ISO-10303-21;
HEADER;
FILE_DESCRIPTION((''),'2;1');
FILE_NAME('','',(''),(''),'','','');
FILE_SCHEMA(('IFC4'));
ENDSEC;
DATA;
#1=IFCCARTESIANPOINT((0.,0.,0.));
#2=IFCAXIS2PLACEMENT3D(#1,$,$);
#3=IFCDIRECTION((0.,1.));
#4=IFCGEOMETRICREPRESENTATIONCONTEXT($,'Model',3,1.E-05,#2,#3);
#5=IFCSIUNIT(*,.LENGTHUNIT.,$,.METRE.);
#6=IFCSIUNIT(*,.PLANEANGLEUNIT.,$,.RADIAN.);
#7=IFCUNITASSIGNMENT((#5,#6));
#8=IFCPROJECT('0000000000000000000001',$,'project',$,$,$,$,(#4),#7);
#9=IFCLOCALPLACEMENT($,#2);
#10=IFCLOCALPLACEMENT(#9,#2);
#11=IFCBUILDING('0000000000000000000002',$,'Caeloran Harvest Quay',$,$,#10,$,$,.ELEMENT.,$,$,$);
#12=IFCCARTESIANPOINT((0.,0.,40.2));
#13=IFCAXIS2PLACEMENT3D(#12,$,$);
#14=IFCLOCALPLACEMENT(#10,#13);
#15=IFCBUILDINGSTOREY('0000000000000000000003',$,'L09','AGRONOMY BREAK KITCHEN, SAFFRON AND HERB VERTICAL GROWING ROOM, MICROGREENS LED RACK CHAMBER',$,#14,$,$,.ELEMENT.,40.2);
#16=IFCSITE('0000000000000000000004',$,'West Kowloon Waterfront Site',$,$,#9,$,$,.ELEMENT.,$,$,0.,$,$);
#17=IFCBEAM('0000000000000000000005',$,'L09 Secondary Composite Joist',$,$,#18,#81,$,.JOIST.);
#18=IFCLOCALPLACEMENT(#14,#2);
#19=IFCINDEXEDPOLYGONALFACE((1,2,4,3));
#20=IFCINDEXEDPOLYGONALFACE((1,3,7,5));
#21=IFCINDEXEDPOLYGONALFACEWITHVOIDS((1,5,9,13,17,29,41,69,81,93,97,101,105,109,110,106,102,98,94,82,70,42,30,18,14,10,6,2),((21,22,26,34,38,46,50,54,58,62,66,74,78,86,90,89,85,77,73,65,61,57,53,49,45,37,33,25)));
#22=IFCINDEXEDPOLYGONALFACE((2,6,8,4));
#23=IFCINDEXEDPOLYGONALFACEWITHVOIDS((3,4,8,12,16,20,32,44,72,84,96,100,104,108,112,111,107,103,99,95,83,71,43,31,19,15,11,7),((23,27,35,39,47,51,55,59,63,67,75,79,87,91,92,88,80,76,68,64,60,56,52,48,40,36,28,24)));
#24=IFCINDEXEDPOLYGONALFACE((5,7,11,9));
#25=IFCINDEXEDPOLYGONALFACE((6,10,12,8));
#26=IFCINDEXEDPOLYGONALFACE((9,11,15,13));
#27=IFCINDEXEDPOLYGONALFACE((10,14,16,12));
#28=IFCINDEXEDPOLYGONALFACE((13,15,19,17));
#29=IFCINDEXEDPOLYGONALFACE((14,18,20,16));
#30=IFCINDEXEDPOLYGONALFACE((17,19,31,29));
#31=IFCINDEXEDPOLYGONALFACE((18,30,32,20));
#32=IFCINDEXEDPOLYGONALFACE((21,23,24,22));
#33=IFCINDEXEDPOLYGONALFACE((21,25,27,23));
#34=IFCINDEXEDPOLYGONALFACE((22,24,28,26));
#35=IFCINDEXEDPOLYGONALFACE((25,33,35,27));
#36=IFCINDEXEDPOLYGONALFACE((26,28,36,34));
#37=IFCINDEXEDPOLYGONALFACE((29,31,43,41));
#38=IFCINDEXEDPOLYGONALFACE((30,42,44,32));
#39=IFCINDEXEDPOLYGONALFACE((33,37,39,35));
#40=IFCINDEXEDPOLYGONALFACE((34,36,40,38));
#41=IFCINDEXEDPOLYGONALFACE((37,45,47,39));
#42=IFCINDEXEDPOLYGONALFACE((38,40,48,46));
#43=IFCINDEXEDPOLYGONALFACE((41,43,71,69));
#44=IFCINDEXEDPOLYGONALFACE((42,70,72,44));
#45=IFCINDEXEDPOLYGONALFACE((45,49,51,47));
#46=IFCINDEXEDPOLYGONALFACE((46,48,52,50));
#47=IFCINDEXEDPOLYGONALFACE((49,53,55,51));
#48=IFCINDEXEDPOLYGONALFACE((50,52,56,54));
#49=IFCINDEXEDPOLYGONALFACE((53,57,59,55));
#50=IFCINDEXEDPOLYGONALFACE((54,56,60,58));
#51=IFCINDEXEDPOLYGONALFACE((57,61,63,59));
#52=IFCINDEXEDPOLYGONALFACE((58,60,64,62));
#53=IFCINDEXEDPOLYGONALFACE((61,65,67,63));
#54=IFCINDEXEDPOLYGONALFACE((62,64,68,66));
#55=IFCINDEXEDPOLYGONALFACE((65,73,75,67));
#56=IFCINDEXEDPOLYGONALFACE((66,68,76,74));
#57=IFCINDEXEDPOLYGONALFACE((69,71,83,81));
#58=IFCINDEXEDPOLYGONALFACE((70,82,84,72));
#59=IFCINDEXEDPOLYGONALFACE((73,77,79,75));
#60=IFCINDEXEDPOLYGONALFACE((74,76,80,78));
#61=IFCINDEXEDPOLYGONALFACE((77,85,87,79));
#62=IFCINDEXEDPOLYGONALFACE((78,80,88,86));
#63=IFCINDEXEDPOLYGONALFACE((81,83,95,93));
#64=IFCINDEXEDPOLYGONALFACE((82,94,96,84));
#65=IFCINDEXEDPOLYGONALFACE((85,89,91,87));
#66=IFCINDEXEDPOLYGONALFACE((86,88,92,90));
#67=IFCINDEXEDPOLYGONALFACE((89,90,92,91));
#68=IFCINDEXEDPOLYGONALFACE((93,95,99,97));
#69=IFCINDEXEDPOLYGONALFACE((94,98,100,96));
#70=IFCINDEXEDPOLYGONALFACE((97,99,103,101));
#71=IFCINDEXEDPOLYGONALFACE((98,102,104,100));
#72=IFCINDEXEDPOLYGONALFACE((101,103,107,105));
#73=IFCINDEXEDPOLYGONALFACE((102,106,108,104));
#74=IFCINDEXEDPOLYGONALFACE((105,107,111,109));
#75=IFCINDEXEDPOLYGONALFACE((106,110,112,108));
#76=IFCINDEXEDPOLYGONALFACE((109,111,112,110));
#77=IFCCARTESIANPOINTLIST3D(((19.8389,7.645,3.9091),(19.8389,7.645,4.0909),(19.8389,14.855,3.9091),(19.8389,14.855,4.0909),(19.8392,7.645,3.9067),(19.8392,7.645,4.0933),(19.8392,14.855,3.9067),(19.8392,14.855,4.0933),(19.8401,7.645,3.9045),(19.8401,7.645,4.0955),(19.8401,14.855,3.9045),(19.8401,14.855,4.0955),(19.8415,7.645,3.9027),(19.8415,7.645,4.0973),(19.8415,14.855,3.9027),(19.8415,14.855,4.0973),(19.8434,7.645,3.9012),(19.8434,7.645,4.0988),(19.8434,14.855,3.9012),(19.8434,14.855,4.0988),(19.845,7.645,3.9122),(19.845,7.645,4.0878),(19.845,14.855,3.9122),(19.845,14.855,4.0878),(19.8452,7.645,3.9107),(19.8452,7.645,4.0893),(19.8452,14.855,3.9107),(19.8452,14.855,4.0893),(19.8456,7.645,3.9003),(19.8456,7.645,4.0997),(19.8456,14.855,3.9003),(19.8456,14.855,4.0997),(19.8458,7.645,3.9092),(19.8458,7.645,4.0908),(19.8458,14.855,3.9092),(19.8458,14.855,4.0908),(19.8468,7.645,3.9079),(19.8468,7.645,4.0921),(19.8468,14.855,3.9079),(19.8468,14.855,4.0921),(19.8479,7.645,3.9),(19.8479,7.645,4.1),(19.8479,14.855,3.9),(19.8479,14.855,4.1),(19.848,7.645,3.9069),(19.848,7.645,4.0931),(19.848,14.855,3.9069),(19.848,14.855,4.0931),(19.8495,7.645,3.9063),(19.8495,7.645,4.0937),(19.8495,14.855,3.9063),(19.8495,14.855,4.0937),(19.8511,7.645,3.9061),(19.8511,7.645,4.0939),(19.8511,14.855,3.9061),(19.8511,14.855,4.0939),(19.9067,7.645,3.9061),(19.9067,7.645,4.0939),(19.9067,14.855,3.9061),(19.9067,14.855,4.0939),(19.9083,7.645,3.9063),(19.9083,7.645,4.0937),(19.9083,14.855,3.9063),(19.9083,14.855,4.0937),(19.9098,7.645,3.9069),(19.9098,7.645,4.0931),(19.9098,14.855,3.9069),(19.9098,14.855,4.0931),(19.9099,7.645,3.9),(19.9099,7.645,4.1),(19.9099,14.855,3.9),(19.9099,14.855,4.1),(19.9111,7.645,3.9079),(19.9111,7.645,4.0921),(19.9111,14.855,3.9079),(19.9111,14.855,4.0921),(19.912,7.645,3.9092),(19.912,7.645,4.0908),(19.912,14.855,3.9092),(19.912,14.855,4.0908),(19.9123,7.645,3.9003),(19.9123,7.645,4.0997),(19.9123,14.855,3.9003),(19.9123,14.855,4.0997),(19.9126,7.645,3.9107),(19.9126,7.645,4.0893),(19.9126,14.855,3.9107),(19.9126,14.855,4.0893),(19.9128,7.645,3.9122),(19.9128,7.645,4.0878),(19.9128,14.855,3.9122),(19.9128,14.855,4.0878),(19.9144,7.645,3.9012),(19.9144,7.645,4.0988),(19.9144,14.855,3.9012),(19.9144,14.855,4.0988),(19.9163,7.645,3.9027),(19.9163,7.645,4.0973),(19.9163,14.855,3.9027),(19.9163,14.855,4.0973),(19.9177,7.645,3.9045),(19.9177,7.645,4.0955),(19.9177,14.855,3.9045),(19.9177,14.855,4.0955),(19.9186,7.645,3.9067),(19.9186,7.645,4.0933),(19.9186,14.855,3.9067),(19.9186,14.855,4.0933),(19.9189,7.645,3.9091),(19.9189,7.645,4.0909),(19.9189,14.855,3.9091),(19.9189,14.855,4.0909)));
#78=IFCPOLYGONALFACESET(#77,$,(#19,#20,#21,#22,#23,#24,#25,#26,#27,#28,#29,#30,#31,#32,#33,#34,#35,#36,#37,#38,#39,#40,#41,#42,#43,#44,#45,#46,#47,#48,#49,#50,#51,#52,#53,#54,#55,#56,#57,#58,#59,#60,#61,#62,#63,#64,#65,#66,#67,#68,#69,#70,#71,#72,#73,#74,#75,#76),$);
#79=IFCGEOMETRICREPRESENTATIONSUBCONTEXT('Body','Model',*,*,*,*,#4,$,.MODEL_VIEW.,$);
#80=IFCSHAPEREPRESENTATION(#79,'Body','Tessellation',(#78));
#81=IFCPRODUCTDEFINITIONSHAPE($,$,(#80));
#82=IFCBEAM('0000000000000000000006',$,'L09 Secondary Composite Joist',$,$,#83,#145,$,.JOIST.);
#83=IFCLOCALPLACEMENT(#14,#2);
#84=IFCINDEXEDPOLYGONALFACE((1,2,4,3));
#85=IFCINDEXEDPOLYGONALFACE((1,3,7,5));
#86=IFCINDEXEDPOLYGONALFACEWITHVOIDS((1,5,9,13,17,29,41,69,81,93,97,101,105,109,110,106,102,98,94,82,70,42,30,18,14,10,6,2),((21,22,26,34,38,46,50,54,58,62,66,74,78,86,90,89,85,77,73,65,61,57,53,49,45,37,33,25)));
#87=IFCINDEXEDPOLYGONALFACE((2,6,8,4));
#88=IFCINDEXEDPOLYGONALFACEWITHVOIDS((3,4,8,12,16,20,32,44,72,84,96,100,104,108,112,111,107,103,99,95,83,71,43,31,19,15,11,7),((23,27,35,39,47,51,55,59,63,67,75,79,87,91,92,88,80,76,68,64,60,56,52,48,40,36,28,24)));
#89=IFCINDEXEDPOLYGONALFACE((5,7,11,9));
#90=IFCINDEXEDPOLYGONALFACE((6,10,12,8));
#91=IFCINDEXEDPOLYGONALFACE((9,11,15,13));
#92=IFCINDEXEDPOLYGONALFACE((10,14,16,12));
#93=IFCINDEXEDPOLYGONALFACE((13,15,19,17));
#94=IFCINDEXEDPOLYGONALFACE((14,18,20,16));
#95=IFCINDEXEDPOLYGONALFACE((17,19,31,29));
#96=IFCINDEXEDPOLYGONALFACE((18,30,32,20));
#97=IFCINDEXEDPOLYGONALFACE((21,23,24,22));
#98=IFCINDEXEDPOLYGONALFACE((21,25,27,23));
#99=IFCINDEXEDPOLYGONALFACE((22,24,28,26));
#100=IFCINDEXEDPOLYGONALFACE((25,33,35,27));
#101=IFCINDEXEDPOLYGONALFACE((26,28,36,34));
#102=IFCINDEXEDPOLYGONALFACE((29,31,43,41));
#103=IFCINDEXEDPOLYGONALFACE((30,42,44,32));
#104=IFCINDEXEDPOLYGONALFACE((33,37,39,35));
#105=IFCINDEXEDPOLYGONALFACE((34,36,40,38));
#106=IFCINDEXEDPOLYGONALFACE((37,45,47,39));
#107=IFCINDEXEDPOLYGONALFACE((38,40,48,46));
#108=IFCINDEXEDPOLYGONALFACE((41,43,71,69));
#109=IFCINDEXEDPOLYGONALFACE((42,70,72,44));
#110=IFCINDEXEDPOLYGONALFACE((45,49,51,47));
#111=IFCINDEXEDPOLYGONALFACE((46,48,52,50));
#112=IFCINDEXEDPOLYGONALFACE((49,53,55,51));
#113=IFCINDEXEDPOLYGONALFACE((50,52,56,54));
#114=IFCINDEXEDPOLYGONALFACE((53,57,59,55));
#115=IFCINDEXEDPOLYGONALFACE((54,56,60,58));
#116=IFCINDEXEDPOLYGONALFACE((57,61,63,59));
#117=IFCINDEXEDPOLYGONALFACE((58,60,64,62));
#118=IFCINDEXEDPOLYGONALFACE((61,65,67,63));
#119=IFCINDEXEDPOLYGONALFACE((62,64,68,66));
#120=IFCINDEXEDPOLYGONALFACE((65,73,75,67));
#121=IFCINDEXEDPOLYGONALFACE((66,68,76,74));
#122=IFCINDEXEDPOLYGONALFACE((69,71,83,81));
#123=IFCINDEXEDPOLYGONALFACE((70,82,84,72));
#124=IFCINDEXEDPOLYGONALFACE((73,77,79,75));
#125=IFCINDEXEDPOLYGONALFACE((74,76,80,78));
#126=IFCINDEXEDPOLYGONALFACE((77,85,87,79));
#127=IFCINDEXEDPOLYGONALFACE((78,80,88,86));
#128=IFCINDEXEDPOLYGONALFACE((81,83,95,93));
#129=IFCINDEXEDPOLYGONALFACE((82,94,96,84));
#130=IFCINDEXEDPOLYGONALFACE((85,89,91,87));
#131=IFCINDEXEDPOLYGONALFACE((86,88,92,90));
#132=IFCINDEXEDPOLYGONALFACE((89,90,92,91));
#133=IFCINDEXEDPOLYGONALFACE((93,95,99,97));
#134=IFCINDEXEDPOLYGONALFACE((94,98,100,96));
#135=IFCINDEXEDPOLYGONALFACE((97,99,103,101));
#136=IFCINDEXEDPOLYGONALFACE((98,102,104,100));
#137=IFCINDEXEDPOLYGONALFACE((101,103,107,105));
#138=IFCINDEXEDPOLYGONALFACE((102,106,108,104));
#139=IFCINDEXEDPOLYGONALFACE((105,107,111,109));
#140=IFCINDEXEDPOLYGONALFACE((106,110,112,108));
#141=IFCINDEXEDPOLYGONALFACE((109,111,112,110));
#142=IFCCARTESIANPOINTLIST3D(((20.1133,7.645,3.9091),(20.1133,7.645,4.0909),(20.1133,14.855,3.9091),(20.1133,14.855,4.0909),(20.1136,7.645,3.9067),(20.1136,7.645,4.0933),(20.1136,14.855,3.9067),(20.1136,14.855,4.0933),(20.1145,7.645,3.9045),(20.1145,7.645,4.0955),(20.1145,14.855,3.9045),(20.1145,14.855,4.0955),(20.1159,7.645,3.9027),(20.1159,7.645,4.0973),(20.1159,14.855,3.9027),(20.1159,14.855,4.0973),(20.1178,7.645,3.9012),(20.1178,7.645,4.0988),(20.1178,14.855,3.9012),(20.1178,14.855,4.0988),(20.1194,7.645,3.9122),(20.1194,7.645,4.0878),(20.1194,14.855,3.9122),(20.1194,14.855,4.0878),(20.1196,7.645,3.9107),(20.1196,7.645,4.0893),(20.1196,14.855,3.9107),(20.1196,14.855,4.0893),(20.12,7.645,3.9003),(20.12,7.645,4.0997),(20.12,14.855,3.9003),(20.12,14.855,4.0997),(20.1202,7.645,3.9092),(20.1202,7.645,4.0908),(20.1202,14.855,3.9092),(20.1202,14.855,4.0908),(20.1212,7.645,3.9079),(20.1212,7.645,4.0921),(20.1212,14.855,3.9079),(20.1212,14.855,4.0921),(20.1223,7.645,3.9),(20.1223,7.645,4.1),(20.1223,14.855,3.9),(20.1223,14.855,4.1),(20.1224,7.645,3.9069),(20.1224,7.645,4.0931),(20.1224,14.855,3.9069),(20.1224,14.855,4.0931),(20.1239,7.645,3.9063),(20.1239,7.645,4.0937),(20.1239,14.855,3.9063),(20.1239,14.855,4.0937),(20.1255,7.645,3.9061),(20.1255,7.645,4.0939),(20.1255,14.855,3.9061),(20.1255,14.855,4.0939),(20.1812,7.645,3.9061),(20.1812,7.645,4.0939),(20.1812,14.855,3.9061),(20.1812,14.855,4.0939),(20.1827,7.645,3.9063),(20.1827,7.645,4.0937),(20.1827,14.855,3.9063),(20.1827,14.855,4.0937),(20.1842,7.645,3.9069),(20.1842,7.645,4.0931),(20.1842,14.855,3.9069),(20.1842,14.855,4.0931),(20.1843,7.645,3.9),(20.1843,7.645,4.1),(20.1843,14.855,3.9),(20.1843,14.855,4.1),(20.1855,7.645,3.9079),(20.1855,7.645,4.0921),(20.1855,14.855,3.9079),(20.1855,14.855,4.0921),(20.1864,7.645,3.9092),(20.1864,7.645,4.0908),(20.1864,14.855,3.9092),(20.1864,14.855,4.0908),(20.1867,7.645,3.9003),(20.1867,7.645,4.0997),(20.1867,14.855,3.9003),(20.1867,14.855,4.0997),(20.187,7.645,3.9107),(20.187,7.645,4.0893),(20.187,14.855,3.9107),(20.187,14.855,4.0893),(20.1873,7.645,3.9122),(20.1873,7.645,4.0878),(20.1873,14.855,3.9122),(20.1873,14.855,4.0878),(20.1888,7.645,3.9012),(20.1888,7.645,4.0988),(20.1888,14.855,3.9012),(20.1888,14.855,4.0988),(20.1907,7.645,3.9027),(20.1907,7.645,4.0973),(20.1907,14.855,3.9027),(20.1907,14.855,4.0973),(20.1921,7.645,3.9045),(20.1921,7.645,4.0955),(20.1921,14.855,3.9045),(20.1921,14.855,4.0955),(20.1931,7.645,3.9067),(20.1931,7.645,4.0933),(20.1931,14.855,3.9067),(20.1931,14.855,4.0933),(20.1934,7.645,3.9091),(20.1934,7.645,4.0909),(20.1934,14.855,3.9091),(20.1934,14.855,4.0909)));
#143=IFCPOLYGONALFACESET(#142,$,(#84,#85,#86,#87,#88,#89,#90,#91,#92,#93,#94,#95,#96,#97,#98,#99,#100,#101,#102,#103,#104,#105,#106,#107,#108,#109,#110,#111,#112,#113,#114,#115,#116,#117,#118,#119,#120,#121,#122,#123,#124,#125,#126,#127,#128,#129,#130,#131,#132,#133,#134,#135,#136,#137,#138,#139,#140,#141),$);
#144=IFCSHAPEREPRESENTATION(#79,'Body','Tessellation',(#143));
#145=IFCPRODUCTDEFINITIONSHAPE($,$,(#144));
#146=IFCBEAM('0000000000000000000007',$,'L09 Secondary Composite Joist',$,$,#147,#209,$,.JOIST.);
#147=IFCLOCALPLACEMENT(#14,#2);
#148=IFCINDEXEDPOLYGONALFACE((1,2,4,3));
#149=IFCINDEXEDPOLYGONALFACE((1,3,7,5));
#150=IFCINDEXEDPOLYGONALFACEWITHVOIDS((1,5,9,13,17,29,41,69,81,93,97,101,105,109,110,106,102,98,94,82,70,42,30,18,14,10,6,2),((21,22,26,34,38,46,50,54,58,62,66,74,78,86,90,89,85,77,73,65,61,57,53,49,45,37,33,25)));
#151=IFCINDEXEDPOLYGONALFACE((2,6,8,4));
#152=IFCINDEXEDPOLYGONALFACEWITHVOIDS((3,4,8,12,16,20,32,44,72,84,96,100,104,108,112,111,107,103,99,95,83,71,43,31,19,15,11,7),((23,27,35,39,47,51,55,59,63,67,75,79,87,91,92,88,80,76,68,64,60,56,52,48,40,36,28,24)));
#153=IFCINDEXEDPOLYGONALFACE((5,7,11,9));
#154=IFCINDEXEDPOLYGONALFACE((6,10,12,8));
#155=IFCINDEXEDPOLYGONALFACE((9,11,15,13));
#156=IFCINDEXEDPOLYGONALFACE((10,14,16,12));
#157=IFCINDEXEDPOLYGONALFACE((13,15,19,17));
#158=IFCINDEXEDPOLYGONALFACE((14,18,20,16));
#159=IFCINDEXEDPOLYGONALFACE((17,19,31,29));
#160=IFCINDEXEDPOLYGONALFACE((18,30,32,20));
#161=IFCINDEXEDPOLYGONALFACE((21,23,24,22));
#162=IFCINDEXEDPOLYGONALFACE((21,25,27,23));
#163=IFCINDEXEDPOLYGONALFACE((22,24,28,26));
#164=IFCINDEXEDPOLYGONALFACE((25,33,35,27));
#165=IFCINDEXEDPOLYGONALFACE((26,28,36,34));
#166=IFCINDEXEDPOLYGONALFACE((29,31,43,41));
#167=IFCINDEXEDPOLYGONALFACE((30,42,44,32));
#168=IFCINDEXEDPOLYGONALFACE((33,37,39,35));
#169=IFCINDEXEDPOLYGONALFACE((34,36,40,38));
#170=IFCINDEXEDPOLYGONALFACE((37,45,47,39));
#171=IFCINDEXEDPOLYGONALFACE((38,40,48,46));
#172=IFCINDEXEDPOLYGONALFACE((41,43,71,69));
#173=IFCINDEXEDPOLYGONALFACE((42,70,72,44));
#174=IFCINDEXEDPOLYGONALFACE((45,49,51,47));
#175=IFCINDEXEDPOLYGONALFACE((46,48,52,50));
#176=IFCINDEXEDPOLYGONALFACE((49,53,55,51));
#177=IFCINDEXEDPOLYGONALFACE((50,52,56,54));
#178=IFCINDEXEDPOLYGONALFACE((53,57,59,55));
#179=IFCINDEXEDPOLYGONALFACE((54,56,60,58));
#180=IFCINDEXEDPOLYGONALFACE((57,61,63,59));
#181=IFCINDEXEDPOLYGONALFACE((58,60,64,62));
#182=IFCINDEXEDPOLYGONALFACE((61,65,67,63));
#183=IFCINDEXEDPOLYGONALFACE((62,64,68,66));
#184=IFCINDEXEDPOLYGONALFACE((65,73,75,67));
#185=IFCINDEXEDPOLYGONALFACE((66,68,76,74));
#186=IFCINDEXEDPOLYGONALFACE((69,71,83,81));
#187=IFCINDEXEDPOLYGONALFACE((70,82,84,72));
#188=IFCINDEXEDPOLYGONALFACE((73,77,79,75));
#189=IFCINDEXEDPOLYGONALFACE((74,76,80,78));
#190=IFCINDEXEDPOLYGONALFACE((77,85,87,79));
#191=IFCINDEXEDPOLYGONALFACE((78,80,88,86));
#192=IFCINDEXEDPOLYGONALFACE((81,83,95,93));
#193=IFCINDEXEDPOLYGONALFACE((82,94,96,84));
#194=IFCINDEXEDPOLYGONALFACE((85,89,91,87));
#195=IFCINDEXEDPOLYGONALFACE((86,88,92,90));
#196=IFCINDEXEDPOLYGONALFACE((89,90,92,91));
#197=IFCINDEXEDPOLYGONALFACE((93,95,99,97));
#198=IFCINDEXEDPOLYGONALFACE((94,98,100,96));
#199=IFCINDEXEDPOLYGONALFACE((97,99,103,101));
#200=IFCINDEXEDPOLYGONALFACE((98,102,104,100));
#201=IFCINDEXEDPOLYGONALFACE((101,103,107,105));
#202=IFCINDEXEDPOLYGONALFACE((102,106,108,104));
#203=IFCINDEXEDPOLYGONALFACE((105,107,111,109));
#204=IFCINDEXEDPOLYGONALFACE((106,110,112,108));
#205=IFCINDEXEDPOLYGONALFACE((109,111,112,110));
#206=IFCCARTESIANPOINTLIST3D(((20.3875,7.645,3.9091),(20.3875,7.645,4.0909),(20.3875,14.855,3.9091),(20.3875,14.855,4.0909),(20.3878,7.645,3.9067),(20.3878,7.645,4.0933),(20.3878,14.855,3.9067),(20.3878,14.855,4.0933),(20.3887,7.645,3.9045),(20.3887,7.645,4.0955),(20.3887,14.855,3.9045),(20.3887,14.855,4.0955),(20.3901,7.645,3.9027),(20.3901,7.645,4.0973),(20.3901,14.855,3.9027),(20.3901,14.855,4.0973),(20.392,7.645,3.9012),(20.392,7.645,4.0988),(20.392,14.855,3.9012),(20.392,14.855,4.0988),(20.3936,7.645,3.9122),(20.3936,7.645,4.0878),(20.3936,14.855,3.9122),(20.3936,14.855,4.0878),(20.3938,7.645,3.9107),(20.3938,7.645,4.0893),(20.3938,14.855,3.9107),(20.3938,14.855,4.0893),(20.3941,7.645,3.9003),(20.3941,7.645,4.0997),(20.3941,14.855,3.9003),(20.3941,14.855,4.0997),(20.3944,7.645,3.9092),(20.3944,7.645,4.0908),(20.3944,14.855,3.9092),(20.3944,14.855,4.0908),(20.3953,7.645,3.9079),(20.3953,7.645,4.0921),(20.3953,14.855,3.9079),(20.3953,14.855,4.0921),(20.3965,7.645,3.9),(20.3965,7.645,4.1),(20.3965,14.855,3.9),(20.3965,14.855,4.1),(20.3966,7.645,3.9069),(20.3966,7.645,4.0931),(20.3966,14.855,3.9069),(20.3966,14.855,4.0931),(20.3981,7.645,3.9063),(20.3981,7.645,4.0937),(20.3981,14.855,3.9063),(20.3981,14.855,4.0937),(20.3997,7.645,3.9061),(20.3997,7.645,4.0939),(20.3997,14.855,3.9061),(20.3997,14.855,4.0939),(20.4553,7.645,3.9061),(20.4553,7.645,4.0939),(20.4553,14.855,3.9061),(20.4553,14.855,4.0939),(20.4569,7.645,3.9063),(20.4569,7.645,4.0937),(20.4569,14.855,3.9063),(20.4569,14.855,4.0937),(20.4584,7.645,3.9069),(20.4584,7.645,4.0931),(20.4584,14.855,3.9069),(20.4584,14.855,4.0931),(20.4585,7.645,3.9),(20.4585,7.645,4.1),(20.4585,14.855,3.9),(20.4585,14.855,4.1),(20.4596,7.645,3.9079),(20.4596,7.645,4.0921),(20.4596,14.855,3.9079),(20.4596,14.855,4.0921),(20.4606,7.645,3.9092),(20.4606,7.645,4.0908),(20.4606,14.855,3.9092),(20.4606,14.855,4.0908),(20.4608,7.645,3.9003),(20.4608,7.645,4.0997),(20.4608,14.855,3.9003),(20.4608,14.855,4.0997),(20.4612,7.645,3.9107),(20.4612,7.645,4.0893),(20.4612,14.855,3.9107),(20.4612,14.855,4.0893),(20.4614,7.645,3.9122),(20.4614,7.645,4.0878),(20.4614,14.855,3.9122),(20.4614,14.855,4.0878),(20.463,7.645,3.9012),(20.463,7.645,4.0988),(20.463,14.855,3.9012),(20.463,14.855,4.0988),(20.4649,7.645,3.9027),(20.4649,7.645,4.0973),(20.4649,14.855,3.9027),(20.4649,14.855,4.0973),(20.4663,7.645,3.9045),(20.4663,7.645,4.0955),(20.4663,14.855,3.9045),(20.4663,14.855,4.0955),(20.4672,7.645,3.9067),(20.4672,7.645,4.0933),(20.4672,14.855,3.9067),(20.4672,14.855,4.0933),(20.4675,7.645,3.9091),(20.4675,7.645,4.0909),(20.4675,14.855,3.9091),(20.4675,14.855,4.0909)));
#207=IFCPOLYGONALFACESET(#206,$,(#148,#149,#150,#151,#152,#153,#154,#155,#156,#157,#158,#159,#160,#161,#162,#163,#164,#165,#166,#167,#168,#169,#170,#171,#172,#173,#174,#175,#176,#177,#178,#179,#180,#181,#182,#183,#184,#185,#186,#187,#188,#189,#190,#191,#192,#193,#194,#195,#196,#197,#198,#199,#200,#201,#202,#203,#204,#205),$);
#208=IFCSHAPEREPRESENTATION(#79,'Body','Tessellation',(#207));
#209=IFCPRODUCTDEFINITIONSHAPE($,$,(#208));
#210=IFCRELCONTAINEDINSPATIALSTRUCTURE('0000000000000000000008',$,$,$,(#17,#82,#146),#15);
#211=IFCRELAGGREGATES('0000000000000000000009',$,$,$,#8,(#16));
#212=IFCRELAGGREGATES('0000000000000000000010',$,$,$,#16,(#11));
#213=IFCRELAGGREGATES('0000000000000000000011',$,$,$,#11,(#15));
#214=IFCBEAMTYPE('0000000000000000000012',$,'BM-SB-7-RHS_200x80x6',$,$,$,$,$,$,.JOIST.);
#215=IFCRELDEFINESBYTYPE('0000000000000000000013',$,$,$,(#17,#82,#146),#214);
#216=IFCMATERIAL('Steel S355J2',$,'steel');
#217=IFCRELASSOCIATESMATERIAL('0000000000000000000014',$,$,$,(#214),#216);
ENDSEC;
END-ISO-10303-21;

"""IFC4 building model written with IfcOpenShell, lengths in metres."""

from ifc_helpers import new_model, si_unit, direction, frame, origin, origin_2d, place, context, subcontext, project, spatial, hollow_rectangle, extrude, material, material_profile, profile_set, type_object, element, save


model = new_model("IFC4")

# Units and contexts
model_context = context("Model", 3, precision=1e-05, world=origin(), true_north=direction((0.0, 1.0)))
body_context = subcontext(model_context, "Body", "Model", "MODEL_VIEW")
ifc_project = project(units=[si_unit("LENGTHUNIT", "METRE"), si_unit("PLANEANGLEUNIT", "RADIAN")], contexts=[model_context])

# Site, building, storey
site_placement = place(None, origin())
site = spatial("IfcSite", under=ifc_project, at=site_placement, Name="West Kowloon Waterfront Site", CompositionType="ELEMENT", RefElevation=0.0)
building_placement = place(site_placement, origin())
building = spatial("IfcBuilding", under=site, at=building_placement, Name="Caeloran Harvest Quay", CompositionType="ELEMENT")
storey_placement = place(building_placement, frame((0.0, 0.0, 40.2)))
storey = spatial("IfcBuildingStorey", under=building, at=storey_placement, Name="L09", Description="AGRONOMY BREAK KITCHEN, SAFFRON AND HERB VERTICAL GROWING ROOM, MICROGREENS LED RACK CHAMBER", CompositionType="ELEMENT", Elevation=40.2)

# Beams
ifc_material_1 = material(Name="Steel S355J2", Category="steel")
ifc_material_profile_1 = material_profile(ifc_material_1, hollow_rectangle(XDim=0.0801, YDim=0.2, WallThickness=0.0061, InnerFilletRadius=0.0061, OuterFilletRadius=0.009, at=origin_2d()), Name="RHS 200x80x6")
ifc_profile_set_1 = profile_set([ifc_material_profile_1], Name="Steel S355J2")
beam_type_1 = type_object("IfcBeamType", Name="BM-SB-7-RHS_200x80x6", PredefinedType="JOIST", material=ifc_profile_set_1)
for number, where, z_axis, x_axis, name in (
    (1, (19.8789, 7.645, 4.0), (0.0, 1.0, 0.0), (-1.0, 0.0, 0.0), "L09 Secondary Composite Joist"),
    (2, (20.1533, 7.645, 4.0), (0.0, 1.0, 0.0), (-1.0, 0.0, 0.0), "L09 Secondary Composite Joist"),
    (3, (20.4275, 7.645, 4.0), (0.0, 1.0, 0.0), (-1.0, 0.0, 0.0), "L09 Secondary Composite Joist"),
):
    element("IfcBeam", number, at=place(storey_placement, frame(where, z_axis=z_axis, x_axis=x_axis)), inside=storey, type_object=beam_type_1, Name=name, PredefinedType="JOIST", context=body_context, shape_type="SweptSolid", body=[
        extrude(hollow_rectangle(XDim=0.0801, YDim=0.2, WallThickness=0.0061, InnerFilletRadius=0.0061, OuterFilletRadius=0.009, at=origin_2d()), origin(), (0.0, 0.0, 1.0), 7.21),
    ])

save(model, "model.ifc")
